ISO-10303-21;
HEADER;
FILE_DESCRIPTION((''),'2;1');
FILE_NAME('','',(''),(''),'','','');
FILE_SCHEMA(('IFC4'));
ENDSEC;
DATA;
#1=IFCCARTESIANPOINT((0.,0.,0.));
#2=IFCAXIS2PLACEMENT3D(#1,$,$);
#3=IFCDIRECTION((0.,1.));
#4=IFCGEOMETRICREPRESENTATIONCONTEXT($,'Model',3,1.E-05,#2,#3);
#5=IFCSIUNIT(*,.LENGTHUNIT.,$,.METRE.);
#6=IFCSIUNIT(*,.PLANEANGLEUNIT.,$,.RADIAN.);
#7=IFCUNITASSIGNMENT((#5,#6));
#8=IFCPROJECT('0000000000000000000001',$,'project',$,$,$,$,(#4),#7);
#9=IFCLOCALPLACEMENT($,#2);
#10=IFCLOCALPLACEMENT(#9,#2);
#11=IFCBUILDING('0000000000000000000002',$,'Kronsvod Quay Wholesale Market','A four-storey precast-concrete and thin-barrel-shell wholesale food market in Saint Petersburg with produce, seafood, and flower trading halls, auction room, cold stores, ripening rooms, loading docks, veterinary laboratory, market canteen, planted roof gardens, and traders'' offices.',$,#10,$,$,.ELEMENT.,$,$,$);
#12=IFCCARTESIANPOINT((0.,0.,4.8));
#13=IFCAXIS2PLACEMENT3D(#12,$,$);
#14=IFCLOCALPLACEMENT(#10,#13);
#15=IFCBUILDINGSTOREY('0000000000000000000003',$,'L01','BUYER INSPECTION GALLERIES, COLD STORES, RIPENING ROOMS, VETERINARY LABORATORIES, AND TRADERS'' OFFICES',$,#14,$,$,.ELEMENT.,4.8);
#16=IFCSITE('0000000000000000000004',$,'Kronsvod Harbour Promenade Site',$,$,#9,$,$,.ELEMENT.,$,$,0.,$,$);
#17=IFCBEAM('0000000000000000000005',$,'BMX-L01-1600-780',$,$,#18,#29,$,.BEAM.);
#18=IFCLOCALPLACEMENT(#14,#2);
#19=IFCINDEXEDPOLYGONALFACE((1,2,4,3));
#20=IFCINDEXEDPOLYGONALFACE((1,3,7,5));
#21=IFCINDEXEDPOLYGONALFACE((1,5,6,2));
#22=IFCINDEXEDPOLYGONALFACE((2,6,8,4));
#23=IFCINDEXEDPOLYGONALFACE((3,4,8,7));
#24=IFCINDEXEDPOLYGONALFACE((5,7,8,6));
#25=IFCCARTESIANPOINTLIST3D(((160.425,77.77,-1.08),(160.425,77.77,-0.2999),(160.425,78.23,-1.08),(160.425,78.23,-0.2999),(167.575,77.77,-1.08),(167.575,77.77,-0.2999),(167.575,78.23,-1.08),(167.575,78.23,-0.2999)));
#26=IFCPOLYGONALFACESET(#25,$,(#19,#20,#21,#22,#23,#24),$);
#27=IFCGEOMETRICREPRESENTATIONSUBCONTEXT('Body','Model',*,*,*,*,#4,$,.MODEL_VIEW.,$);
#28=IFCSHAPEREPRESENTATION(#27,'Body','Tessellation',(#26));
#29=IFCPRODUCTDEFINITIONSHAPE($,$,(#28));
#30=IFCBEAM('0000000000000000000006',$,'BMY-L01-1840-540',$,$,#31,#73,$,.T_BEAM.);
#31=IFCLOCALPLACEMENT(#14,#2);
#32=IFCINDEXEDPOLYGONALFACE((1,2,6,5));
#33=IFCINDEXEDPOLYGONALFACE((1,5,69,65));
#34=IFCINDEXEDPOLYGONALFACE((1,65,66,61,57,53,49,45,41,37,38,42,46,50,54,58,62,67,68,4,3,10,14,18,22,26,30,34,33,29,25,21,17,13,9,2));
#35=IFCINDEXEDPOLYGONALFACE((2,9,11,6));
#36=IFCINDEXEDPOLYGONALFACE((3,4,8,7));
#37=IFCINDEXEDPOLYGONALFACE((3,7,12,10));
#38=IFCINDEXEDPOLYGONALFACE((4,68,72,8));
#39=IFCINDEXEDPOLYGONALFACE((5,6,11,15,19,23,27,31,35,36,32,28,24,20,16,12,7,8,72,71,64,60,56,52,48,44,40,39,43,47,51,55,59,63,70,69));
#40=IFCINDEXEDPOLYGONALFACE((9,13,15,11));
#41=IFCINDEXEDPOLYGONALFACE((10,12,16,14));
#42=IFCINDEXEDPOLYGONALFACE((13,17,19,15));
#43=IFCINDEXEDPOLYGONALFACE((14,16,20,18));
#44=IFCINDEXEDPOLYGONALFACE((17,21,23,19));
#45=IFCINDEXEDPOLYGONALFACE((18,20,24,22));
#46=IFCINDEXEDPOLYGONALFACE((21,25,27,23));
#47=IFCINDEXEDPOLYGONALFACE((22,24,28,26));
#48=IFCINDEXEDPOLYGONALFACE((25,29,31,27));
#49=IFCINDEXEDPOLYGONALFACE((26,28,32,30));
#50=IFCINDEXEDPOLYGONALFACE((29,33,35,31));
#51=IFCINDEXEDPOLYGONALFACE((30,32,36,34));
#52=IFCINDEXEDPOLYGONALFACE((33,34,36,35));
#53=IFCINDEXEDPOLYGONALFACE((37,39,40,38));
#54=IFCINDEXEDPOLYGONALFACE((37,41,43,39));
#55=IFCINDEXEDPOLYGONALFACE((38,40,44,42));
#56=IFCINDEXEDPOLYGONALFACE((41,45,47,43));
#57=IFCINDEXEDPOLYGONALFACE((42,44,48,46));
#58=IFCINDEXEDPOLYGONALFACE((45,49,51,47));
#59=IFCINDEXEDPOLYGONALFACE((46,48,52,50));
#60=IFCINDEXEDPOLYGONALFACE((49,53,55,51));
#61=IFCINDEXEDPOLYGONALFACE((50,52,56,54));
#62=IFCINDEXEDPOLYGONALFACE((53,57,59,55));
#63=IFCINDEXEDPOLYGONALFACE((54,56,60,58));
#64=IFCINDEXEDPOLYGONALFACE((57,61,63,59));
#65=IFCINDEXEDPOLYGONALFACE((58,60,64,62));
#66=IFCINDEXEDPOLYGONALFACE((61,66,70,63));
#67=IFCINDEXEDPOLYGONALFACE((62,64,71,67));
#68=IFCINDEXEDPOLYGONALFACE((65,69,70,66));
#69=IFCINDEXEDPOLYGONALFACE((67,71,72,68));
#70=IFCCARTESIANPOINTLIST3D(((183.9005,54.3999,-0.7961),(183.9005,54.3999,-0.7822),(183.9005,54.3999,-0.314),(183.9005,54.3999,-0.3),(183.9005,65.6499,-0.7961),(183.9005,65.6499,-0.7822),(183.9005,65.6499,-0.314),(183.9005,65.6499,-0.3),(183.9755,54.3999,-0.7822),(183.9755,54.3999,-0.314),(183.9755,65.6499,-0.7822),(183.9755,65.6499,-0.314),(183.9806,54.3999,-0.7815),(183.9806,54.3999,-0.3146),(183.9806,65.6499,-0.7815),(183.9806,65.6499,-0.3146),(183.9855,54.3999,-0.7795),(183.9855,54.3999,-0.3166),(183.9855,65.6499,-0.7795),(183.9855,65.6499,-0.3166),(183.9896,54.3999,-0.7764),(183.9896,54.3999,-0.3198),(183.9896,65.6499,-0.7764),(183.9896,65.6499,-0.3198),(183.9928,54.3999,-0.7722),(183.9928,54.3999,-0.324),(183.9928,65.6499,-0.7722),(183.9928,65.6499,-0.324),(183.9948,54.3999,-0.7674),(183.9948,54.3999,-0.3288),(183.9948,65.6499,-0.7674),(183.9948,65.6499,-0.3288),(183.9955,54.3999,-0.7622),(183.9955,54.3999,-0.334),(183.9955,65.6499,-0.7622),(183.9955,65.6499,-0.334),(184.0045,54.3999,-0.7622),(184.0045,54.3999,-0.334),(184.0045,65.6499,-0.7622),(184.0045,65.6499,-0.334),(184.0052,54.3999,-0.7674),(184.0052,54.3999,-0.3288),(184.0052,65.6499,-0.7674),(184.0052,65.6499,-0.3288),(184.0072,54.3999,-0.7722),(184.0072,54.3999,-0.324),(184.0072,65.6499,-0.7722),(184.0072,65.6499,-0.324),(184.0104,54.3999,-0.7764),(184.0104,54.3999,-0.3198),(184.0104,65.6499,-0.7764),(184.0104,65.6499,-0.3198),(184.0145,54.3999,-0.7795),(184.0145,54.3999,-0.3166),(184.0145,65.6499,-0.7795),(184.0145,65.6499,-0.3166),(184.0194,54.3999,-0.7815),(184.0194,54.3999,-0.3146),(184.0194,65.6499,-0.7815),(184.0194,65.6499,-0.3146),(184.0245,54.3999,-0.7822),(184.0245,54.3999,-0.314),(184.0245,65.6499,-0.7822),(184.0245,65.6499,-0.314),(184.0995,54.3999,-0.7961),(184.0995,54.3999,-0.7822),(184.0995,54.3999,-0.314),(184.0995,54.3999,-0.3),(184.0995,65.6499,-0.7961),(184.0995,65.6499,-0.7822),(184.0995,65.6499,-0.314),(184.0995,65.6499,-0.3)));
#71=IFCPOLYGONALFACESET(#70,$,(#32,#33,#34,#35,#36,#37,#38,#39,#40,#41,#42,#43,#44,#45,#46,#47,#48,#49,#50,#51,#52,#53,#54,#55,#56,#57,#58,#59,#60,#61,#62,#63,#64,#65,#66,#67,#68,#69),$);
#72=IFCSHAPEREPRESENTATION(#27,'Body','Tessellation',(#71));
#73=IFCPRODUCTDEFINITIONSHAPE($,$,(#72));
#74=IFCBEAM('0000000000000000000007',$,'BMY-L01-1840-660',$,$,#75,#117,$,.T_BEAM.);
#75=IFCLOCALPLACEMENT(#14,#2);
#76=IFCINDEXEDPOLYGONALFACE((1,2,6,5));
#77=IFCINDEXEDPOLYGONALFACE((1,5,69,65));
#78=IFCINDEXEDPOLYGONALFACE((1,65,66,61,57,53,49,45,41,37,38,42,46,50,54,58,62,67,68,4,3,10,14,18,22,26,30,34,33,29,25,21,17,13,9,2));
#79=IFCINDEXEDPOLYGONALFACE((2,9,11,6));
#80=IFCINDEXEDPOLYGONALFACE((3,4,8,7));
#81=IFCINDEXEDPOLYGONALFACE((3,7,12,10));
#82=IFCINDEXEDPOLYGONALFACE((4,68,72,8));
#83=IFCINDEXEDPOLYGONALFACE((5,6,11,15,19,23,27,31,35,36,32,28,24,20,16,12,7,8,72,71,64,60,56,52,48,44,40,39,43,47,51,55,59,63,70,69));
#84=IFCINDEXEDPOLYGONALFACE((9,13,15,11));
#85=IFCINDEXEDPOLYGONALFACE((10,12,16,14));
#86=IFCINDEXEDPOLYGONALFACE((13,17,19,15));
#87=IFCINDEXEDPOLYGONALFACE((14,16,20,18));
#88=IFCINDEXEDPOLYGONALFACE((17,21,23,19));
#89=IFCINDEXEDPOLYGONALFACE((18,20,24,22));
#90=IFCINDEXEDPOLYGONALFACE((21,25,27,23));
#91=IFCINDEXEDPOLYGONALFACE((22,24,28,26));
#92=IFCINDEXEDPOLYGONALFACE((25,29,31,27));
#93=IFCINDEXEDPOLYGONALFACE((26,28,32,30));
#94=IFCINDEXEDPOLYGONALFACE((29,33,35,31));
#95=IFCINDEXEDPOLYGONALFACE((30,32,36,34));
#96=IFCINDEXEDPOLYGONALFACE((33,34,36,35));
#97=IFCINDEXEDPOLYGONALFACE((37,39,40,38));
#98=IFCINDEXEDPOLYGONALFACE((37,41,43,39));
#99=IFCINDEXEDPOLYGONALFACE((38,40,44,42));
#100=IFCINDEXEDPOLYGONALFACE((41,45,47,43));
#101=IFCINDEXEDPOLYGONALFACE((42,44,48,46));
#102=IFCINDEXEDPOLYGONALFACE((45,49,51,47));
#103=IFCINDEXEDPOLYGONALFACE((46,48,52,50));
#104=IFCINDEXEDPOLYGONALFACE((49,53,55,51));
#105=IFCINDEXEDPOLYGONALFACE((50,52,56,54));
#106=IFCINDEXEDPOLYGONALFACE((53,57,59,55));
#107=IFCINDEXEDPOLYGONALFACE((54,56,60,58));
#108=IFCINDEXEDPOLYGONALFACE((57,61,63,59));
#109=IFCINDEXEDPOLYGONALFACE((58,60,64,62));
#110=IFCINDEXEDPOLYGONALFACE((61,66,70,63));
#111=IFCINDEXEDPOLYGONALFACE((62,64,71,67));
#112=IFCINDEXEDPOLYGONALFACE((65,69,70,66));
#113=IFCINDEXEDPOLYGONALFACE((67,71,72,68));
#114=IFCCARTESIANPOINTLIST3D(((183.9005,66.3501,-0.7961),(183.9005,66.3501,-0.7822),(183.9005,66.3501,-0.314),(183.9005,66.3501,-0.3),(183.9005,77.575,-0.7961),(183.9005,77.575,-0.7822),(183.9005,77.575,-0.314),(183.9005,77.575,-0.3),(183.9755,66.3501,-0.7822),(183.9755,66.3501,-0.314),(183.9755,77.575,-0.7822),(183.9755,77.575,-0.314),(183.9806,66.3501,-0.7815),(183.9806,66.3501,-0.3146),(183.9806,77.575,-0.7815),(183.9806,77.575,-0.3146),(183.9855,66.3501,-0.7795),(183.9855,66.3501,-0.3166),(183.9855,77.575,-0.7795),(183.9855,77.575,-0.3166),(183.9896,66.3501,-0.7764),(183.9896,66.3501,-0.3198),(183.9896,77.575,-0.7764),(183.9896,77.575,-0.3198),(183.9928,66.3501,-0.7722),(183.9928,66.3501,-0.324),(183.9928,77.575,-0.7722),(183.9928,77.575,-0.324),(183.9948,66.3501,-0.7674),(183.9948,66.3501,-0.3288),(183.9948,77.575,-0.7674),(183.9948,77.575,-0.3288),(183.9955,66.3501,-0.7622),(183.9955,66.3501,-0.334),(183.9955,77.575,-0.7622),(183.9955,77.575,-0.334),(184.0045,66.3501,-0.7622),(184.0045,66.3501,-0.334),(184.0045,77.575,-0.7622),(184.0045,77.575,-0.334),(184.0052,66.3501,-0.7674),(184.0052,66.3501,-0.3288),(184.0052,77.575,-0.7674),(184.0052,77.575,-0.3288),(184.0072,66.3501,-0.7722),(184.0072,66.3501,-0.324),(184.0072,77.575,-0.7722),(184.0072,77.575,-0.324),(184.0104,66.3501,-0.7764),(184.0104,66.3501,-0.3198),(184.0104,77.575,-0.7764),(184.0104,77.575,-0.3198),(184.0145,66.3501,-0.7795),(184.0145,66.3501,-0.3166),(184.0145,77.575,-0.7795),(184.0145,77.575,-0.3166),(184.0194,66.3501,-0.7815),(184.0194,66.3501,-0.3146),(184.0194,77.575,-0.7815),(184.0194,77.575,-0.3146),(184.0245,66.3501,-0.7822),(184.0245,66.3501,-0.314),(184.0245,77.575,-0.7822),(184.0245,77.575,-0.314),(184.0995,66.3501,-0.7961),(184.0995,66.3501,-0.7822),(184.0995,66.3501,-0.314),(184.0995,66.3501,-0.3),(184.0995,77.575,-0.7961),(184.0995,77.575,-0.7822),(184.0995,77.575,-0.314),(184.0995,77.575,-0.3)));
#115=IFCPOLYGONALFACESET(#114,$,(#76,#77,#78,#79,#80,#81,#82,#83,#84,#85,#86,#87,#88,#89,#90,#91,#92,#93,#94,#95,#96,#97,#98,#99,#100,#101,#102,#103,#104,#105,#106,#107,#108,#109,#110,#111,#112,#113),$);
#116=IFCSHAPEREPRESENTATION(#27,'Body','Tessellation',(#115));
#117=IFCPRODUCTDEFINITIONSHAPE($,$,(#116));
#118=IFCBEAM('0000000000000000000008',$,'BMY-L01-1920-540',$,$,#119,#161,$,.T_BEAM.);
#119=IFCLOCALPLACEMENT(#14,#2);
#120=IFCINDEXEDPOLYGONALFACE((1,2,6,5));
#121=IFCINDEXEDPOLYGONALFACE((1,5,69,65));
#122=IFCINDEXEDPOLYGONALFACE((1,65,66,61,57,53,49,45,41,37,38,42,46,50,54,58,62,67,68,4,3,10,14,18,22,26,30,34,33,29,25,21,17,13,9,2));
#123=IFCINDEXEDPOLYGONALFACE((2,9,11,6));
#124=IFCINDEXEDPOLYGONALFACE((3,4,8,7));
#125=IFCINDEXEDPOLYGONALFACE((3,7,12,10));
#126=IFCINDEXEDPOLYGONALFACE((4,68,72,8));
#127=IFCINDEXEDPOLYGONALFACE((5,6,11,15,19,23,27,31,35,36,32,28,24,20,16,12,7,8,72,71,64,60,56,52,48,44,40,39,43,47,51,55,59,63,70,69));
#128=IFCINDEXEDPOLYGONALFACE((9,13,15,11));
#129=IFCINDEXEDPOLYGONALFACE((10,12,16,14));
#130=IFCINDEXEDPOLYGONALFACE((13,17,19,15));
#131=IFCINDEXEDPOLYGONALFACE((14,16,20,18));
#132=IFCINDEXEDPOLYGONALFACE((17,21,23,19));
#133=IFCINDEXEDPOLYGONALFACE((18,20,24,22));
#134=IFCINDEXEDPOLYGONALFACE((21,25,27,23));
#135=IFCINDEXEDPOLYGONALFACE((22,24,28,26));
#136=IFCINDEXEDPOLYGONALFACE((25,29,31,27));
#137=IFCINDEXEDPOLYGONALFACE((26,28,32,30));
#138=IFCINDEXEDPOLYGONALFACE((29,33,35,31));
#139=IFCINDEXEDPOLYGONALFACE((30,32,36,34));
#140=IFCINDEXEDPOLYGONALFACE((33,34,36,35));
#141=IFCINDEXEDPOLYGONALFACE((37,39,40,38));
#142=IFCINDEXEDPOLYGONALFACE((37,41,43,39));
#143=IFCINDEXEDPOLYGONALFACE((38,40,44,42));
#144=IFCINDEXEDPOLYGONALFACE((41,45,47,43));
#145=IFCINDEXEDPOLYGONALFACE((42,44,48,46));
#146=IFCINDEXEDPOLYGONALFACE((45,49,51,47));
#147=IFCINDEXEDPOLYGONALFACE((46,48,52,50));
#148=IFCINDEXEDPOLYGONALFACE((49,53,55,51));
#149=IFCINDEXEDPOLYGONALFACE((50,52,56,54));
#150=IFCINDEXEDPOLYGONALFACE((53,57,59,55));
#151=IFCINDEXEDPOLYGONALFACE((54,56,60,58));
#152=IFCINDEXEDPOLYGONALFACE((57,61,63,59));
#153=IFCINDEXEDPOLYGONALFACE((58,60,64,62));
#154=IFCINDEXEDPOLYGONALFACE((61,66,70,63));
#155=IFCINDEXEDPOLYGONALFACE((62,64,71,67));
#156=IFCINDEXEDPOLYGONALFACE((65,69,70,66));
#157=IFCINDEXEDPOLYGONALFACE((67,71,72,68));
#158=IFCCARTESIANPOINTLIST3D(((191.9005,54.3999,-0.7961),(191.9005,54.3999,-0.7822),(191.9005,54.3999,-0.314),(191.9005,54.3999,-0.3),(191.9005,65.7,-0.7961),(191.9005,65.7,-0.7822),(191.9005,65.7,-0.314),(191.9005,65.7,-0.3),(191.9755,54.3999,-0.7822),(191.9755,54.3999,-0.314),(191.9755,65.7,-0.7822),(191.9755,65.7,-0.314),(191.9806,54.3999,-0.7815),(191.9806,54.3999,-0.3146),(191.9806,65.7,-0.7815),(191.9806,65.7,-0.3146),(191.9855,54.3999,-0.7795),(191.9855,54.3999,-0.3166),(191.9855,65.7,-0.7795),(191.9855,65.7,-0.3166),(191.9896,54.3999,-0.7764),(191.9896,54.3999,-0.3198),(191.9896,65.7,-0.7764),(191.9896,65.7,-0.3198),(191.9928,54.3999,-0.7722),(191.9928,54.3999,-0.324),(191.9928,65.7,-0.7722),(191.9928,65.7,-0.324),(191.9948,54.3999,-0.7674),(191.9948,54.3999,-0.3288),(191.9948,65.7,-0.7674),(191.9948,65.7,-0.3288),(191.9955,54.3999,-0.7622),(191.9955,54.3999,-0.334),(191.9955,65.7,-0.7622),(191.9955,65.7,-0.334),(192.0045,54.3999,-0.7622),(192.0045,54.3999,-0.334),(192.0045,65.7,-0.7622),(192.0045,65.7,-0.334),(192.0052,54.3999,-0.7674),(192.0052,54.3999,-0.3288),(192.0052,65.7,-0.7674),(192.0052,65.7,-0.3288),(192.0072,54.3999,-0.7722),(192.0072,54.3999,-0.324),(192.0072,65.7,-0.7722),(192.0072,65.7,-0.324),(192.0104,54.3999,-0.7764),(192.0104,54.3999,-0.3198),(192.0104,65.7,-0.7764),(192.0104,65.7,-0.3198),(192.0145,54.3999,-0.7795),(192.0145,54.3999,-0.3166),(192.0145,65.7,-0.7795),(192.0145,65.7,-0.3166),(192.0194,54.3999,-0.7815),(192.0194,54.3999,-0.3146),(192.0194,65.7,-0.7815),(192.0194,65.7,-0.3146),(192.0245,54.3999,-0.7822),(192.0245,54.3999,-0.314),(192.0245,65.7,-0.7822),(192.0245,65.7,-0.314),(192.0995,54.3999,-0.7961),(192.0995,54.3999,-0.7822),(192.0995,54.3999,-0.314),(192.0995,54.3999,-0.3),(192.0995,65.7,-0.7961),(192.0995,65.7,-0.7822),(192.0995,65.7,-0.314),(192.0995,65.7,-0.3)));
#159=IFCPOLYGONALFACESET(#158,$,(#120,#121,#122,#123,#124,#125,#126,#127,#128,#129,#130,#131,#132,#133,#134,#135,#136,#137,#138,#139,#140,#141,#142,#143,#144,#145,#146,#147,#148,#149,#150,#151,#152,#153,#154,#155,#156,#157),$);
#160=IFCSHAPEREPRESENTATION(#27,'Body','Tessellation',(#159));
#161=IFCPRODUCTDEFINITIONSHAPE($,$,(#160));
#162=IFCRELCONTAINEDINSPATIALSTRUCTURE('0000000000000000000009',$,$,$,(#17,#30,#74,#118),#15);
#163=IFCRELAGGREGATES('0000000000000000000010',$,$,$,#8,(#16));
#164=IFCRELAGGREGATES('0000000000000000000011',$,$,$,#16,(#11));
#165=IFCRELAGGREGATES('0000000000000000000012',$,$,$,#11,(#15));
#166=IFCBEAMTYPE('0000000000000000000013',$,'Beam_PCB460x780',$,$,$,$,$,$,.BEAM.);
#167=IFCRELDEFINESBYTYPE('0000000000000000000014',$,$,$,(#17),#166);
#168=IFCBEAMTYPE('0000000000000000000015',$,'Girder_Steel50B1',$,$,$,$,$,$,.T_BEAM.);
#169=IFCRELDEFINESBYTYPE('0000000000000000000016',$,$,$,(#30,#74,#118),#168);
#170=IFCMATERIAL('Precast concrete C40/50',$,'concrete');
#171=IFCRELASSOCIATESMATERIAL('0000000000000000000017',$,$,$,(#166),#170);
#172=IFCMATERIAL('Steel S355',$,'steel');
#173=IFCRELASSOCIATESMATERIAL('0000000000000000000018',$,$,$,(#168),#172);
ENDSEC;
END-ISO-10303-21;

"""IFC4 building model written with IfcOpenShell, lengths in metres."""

from ifc_helpers import new_model, si_unit, direction, frame, origin, origin_2d, place, context, subcontext, project, spatial, rectangle, i_section, extrude, material, material_profile, profile_set, type_object, element, save


model = new_model("IFC4")

# Units and contexts
model_context = context("Model", 3, precision=1e-05, world=origin(), true_north=direction((0.0, 1.0)))
body_context = subcontext(model_context, "Body", "Model", "MODEL_VIEW")
ifc_project = project(units=[si_unit("LENGTHUNIT", "METRE"), si_unit("PLANEANGLEUNIT", "RADIAN")], contexts=[model_context])

# Site, building, storey
site_placement = place(None, origin())
site = spatial("IfcSite", under=ifc_project, at=site_placement, Name="Kronsvod Harbour Promenade Site", CompositionType="ELEMENT", RefElevation=0.0)
building_placement = place(site_placement, origin())
building = spatial("IfcBuilding", under=site, at=building_placement, Name="Kronsvod Quay Wholesale Market", Description="A four-storey precast-concrete and thin-barrel-shell wholesale food market in Saint Petersburg with produce, seafood, and flower trading halls, auction room, cold stores, ripening rooms, loading docks, veterinary laboratory, market canteen, planted roof gardens, and traders' offices.", CompositionType="ELEMENT")
storey_placement = place(building_placement, frame((0.0, 0.0, 4.8)))
storey = spatial("IfcBuildingStorey", under=building, at=storey_placement, Name="L01", Description="BUYER INSPECTION GALLERIES, COLD STORES, RIPENING ROOMS, VETERINARY LABORATORIES, AND TRADERS' OFFICES", CompositionType="ELEMENT", Elevation=4.8)

# Beams
ifc_material_1 = material(Name="Precast concrete C40/50", Category="concrete")
ifc_material_profile_1 = material_profile(ifc_material_1, rectangle(XDim=0.46, YDim=0.78, at=origin_2d()), Name="PB-03")
ifc_profile_set_1 = profile_set([ifc_material_profile_1], Name="Precast concrete C40/50")
beam_type_1 = type_object("IfcBeamType", Name="Beam_PCB460x780", PredefinedType="BEAM", material=ifc_profile_set_1)
for number, where, z_axis, x_axis, name in (
    (1, (160.425, 78.0, -0.6899), (1.0, 0.0, 0.0), (0.0, 1.0, 0.0), "BMX-L01-1600-780"),
):
    element("IfcBeam", number, at=place(storey_placement, frame(where, z_axis=z_axis, x_axis=x_axis)), inside=storey, type_object=beam_type_1, Name=name, PredefinedType="BEAM", context=body_context, shape_type="SweptSolid", body=[
        extrude(rectangle(XDim=0.46, YDim=0.78, at=origin_2d()), origin(), (0.0, 0.0, 1.0), 7.1499),
    ])
ifc_material_2 = material(Name="Steel S355", Category="steel")
ifc_material_profile_2 = material_profile(ifc_material_2, i_section(OverallWidth=0.199, OverallDepth=0.4961, WebThickness=0.009, FlangeThickness=0.0139, FilletRadius=0.02, at=origin_2d()), Name="50B1")
ifc_profile_set_2 = profile_set([ifc_material_profile_2], Name="Steel S355")
beam_type_2 = type_object("IfcBeamType", Name="Girder_Steel50B1", PredefinedType="T_BEAM", material=ifc_profile_set_2)
beam_1_placement = place(storey_placement, frame((184.0, 54.3999, -0.5481), z_axis=(0.0, 1.0, 0.0), x_axis=(-1.0, 0.0, 0.0)))
element("IfcBeam", 2, at=beam_1_placement, inside=storey, type_object=beam_type_2, Name="BMY-L01-1840-540", PredefinedType="T_BEAM", context=body_context, shape_type="SweptSolid", body=[
    extrude(i_section(OverallWidth=0.199, OverallDepth=0.4961, WebThickness=0.009, FlangeThickness=0.0139, FilletRadius=0.02, at=origin_2d()), origin(), (0.0, 0.0, 1.0), 11.25),
])
beam_2_placement = place(storey_placement, frame((184.0, 66.3501, -0.5481), z_axis=(0.0, 1.0, 0.0), x_axis=(-1.0, 0.0, 0.0)))
element("IfcBeam", 3, at=beam_2_placement, inside=storey, type_object=beam_type_2, Name="BMY-L01-1840-660", PredefinedType="T_BEAM", context=body_context, shape_type="SweptSolid", body=[
    extrude(i_section(OverallWidth=0.199, OverallDepth=0.4961, WebThickness=0.009, FlangeThickness=0.0139, FilletRadius=0.02, at=origin_2d()), origin(), (0.0, 0.0, 1.0), 11.2249),
])
beam_3_placement = place(storey_placement, frame((192.0, 54.3999, -0.5481), z_axis=(0.0, 1.0, 0.0), x_axis=(-1.0, 0.0, 0.0)))
element("IfcBeam", 4, at=beam_3_placement, inside=storey, type_object=beam_type_2, Name="BMY-L01-1920-540", PredefinedType="T_BEAM", context=body_context, shape_type="SweptSolid", body=[
    extrude(i_section(OverallWidth=0.199, OverallDepth=0.4961, WebThickness=0.009, FlangeThickness=0.0139, FilletRadius=0.02, at=origin_2d()), origin(), (0.0, 0.0, 1.0), 11.3),
])

save(model, "model.ifc")
